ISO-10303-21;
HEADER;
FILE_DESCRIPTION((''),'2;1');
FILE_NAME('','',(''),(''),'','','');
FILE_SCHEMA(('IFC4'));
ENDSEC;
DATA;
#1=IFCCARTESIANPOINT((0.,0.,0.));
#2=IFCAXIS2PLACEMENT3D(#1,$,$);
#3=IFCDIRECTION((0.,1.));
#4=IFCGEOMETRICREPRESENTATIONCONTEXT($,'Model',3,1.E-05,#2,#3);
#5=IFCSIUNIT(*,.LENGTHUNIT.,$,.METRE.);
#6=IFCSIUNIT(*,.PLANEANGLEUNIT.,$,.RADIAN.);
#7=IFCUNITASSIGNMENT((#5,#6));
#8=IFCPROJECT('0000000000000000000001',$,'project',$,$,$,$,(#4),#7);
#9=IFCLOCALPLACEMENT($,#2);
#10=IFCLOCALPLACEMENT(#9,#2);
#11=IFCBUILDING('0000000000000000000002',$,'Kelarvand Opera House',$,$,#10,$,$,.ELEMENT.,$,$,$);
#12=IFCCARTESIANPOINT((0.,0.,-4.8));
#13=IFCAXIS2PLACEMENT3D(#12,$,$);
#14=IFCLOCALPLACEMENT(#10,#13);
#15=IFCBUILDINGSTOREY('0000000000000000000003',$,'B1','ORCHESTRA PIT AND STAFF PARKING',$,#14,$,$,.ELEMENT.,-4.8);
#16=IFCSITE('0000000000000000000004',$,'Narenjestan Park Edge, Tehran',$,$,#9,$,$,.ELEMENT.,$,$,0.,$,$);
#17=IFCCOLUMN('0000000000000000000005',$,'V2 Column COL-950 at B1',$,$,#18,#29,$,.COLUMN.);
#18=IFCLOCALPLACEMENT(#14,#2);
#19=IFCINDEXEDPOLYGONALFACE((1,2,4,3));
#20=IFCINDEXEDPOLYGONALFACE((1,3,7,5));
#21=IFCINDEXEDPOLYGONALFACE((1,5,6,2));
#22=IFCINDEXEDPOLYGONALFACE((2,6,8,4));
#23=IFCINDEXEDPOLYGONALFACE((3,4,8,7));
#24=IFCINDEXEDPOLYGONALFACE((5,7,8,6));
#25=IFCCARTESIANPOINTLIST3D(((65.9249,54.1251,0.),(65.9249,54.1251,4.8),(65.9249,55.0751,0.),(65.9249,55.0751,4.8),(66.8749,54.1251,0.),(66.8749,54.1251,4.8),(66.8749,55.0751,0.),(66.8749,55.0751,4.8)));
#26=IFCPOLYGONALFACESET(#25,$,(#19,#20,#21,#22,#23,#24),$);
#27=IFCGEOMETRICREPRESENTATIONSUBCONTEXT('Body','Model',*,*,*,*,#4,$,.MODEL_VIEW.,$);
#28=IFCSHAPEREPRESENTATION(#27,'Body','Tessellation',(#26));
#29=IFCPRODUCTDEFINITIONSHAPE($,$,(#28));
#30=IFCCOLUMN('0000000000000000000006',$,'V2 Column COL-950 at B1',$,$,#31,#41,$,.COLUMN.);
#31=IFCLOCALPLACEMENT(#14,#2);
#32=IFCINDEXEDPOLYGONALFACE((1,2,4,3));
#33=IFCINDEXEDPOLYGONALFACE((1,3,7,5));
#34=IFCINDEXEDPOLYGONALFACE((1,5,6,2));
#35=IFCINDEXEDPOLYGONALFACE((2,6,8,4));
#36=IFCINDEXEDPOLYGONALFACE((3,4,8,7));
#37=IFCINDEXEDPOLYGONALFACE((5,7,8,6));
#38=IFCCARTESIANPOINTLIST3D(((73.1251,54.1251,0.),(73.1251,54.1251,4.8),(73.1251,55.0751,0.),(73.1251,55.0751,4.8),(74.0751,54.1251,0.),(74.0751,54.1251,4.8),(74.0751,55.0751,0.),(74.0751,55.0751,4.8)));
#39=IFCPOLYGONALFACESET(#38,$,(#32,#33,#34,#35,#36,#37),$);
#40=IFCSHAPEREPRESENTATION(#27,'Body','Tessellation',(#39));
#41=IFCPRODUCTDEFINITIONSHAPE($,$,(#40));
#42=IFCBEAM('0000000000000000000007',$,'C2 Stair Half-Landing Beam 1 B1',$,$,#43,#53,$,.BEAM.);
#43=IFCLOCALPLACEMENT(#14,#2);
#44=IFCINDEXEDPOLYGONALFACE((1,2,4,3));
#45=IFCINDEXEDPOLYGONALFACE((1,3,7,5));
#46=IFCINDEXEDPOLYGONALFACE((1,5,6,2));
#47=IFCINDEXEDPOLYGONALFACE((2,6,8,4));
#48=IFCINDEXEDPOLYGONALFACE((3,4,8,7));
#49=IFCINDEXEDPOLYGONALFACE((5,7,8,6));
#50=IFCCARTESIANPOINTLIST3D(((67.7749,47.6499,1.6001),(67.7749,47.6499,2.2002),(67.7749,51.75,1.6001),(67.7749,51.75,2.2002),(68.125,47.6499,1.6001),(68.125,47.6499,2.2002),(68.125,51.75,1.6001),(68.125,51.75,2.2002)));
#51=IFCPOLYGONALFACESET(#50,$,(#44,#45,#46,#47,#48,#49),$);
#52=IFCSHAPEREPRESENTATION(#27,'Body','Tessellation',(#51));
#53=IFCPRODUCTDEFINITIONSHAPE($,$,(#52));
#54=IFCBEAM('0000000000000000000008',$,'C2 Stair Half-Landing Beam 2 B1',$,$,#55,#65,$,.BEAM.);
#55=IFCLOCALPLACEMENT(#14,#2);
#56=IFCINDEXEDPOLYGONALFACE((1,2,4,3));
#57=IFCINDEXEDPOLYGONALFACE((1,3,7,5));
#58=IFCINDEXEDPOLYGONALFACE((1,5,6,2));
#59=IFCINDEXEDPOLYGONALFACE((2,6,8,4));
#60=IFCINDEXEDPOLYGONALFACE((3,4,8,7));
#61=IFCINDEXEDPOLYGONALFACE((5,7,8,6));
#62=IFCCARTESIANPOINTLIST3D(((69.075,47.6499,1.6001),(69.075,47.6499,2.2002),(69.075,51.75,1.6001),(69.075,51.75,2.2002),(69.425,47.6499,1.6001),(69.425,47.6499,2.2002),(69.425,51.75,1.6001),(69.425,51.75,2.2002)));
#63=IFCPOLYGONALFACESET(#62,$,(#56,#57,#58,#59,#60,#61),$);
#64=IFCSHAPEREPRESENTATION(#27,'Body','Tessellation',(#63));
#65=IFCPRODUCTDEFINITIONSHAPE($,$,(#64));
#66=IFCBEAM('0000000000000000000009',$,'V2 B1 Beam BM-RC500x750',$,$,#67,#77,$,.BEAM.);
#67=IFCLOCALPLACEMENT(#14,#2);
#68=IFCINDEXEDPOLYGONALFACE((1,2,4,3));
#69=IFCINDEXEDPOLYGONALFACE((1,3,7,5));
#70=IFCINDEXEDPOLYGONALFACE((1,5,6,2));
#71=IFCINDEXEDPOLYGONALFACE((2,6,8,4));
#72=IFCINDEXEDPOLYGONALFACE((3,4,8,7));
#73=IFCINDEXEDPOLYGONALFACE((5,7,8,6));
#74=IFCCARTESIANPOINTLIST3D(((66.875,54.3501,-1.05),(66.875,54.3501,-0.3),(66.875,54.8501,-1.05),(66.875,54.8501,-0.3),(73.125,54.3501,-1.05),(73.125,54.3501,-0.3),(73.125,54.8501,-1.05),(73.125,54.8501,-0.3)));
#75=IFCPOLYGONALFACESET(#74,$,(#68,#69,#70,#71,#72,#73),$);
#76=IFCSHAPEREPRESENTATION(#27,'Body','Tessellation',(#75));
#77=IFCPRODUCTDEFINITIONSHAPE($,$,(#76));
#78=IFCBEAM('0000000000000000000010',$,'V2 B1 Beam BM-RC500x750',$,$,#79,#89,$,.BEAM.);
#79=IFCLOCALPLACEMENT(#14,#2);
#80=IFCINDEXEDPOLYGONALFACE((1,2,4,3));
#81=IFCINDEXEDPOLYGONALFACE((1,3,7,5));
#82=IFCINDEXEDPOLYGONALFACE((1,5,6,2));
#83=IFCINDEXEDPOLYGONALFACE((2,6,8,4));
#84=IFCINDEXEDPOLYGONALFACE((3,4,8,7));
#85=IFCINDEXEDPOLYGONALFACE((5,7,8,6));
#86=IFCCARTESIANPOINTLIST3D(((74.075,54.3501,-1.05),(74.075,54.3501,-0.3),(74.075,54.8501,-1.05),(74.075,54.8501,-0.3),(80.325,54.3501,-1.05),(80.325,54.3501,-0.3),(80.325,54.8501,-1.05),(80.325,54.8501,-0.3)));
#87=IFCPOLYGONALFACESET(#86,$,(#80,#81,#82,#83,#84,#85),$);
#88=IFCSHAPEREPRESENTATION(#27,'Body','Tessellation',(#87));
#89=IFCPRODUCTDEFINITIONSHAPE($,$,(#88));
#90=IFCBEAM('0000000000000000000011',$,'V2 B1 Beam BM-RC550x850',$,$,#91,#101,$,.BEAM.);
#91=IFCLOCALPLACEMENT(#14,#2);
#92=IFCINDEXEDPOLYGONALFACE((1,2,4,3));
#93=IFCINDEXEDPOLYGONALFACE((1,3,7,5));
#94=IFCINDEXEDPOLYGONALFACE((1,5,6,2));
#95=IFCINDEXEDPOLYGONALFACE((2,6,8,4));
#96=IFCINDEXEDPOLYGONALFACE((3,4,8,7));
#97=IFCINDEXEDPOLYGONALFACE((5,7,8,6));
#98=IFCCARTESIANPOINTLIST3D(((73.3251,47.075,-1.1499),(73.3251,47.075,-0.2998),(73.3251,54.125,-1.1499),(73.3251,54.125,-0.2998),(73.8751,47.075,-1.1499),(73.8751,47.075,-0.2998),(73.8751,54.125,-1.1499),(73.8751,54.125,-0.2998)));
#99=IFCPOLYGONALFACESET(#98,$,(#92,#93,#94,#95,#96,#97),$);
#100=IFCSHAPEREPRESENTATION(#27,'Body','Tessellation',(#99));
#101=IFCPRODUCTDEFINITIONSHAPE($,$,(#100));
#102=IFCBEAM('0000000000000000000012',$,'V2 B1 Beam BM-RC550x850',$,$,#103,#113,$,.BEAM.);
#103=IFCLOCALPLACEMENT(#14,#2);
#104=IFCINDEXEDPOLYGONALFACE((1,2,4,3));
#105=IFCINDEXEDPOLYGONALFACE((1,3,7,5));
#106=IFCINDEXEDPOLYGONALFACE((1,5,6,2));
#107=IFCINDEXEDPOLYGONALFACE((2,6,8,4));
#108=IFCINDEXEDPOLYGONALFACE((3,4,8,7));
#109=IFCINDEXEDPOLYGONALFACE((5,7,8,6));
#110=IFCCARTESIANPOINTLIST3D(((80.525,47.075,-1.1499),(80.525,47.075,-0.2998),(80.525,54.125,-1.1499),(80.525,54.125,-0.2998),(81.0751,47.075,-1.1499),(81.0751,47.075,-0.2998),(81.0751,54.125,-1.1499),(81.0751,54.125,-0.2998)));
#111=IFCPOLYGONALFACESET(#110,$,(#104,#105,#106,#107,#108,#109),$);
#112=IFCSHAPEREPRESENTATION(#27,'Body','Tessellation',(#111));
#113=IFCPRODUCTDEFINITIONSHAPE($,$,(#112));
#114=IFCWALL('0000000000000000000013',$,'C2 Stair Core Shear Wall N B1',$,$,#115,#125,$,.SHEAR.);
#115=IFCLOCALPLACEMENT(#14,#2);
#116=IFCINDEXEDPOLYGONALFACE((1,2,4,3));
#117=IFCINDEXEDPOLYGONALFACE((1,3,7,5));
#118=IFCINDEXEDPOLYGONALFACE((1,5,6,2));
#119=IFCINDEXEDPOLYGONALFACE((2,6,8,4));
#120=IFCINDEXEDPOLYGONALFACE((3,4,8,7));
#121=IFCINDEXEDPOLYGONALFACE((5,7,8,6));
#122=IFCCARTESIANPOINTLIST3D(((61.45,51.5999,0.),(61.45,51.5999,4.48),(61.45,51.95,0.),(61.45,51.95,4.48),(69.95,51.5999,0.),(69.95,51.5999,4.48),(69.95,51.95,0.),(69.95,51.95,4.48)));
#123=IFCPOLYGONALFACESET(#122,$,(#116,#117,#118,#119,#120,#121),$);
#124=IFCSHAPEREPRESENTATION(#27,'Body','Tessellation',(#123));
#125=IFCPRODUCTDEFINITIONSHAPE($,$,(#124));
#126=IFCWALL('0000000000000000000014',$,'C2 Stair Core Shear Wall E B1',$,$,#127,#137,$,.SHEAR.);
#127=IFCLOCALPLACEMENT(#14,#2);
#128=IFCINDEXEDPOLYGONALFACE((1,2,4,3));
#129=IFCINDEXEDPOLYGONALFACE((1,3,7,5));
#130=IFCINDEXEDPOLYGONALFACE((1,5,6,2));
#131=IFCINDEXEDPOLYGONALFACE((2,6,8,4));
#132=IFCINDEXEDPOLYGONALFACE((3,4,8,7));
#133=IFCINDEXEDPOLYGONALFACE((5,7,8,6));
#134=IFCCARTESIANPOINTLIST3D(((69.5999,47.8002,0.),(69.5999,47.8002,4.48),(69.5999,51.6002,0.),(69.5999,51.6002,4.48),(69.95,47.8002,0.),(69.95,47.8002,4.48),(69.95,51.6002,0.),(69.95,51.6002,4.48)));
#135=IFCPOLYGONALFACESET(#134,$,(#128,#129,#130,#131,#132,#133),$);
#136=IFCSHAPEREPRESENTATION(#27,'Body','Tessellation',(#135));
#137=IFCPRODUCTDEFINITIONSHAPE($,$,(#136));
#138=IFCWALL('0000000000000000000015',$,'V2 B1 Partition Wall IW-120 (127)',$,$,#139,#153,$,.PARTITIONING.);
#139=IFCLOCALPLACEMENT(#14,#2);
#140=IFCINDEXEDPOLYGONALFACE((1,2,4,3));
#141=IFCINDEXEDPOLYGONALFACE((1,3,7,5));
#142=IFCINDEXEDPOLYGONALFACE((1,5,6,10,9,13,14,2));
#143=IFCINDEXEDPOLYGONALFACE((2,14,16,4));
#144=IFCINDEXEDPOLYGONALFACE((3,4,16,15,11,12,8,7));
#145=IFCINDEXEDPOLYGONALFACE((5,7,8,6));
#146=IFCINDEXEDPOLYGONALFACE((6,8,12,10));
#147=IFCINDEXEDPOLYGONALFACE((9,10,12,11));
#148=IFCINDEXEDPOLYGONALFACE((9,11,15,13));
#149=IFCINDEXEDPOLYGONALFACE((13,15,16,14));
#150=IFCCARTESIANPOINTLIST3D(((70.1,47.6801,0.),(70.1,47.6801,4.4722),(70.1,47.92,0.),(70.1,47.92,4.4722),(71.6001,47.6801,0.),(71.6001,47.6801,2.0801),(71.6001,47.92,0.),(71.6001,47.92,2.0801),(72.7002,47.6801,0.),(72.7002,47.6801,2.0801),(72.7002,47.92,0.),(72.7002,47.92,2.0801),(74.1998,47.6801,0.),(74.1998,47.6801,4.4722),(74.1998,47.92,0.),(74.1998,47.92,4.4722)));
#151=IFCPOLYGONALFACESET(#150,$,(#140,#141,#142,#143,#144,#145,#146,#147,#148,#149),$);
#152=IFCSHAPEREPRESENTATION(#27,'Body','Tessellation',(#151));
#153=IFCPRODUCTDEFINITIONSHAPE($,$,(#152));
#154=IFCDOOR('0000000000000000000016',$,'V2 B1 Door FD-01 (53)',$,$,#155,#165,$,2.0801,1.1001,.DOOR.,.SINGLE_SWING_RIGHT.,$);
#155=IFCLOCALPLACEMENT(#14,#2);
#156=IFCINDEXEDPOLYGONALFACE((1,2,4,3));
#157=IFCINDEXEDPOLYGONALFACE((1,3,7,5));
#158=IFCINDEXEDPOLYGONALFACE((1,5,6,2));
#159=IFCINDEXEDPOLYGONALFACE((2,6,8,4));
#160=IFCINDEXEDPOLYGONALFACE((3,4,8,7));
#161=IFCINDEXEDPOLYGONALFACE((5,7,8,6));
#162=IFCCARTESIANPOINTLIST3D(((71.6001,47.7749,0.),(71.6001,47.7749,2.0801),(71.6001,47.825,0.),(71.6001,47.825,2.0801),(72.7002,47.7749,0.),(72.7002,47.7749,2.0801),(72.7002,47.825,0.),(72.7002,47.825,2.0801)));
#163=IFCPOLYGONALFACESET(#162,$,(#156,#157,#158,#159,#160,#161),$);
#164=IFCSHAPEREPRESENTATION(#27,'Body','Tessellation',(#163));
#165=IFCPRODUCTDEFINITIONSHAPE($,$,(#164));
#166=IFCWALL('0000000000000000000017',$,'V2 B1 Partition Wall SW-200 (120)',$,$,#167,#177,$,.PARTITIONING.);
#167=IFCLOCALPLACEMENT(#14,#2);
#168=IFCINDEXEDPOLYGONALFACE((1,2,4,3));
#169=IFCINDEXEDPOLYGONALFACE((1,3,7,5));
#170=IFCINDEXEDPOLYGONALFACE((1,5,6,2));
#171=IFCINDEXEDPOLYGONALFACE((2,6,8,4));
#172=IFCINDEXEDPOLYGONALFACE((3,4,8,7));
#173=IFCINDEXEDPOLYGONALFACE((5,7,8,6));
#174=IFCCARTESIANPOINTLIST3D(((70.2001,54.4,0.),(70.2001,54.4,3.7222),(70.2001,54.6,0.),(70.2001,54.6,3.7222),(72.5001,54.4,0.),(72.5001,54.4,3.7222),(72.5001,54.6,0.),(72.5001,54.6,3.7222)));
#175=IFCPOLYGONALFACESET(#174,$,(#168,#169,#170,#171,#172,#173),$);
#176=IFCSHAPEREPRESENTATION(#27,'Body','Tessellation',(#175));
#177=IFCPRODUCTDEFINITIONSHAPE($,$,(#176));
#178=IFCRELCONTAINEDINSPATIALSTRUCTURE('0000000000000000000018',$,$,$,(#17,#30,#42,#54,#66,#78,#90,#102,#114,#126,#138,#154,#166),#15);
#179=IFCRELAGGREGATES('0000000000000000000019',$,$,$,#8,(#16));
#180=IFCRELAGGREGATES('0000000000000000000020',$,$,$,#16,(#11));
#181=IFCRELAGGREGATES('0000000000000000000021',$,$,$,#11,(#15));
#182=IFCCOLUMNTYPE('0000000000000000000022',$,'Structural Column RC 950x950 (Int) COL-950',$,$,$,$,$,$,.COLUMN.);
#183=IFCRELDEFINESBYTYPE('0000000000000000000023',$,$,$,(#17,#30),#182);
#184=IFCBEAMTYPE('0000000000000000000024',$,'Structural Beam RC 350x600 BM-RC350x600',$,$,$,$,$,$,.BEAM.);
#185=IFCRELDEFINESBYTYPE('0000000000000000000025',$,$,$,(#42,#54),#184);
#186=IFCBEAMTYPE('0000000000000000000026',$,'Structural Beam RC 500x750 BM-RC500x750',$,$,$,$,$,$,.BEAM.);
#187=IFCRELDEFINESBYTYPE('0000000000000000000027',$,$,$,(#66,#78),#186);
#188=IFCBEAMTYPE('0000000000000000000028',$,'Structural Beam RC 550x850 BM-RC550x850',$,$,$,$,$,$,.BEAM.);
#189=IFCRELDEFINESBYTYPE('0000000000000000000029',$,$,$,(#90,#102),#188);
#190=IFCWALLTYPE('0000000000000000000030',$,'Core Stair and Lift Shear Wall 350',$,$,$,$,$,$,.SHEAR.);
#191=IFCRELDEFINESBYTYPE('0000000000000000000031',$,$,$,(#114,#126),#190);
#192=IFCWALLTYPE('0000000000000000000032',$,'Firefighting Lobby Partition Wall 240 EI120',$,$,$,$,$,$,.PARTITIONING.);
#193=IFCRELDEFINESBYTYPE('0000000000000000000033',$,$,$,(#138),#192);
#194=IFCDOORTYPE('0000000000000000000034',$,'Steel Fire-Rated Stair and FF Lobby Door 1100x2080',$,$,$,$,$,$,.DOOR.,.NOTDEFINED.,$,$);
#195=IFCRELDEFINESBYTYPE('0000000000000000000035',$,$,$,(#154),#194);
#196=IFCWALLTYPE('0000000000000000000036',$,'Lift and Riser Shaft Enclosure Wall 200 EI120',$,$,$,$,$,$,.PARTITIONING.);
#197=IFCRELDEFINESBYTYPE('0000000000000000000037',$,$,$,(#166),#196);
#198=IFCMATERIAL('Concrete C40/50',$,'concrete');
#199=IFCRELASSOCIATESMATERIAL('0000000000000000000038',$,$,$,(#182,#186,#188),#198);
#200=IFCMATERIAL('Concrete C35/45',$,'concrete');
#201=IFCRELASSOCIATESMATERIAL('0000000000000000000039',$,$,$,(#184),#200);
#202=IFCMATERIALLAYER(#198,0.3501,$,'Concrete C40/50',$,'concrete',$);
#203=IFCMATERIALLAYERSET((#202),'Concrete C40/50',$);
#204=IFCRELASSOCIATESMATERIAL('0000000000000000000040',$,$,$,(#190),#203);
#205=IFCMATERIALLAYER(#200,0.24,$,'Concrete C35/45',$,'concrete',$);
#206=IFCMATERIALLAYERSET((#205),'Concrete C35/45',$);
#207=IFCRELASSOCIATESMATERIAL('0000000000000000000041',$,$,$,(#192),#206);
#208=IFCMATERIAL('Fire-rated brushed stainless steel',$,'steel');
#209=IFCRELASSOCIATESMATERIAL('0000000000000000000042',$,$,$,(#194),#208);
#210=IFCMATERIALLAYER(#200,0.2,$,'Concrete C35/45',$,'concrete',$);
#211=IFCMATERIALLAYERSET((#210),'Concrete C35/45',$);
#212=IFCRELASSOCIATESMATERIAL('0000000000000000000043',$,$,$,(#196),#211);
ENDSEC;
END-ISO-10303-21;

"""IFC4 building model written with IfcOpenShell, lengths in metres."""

from ifc_helpers import new_model, si_unit, direction, frame, frame_2d, origin, origin_2d, place, context, subcontext, project, spatial, rectangle, extrude, material, layer, layer_set, material_profile, profile_set, type_object, element, fill, save


model = new_model("IFC4")

# Units and contexts
model_context = context("Model", 3, precision=1e-05, world=origin(), true_north=direction((0.0, 1.0)))
body_context = subcontext(model_context, "Body", "Model", "MODEL_VIEW")
ifc_project = project(units=[si_unit("LENGTHUNIT", "METRE"), si_unit("PLANEANGLEUNIT", "RADIAN")], contexts=[model_context])

# Site, building, storey
site_placement = place(None, origin())
site = spatial("IfcSite", under=ifc_project, at=site_placement, Name="Narenjestan Park Edge, Tehran", CompositionType="ELEMENT", RefElevation=0.0)
building_placement = place(site_placement, origin())
building = spatial("IfcBuilding", under=site, at=building_placement, Name="Kelarvand Opera House", CompositionType="ELEMENT")
storey_placement = place(building_placement, frame((0.0, 0.0, -4.8)))
storey = spatial("IfcBuildingStorey", under=building, at=storey_placement, Name="B1", Description="ORCHESTRA PIT AND STAFF PARKING", CompositionType="ELEMENT", Elevation=-4.8)

# Columns
ifc_material_1 = material(Name="Concrete C40/50", Category="concrete")
ifc_material_profile_1 = material_profile(ifc_material_1, rectangle(XDim=0.95, YDim=0.95, at=origin_2d()), Name="RC 950x950", Category="concrete")
ifc_profile_set_1 = profile_set([ifc_material_profile_1], Name="Concrete C40/50")
column_type = type_object("IfcColumnType", Name="Structural Column RC 950x950 (Int) COL-950", PredefinedType="COLUMN", material=ifc_profile_set_1)
for number, where, z_axis, x_axis, name in (
    (1, (66.3999, 54.6001, 0.0), (0.0, 0.0, 1.0), (1.0, 0.0, 0.0), "V2 Column COL-950 at B1"),
    (2, (73.6001, 54.6001, 0.0), (0.0, 0.0, 1.0), (1.0, 0.0, 0.0), "V2 Column COL-950 at B1"),
):
    element("IfcColumn", number, at=place(storey_placement, frame(where, z_axis=z_axis, x_axis=x_axis)), inside=storey, type_object=column_type, Name=name, PredefinedType="COLUMN", context=body_context, shape_type="SweptSolid", body=[
        extrude(rectangle(XDim=0.95, YDim=0.95, at=origin_2d()), origin(), (0.0, 0.0, 1.0), 4.8),
    ])

# Beams
ifc_material_2 = material(Name="Concrete C35/45", Category="concrete")
ifc_material_profile_2 = material_profile(ifc_material_2, rectangle(XDim=0.3501, YDim=0.6001, at=origin_2d()), Name="RC 350x600", Category="concrete")
ifc_profile_set_2 = profile_set([ifc_material_profile_2], Name="Concrete C35/45")
beam_type_1 = type_object("IfcBeamType", Name="Structural Beam RC 350x600 BM-RC350x600", PredefinedType="BEAM", material=ifc_profile_set_2)
for number, where, z_axis, x_axis, name in (
    (3, (67.95, 47.6499, 1.9001), (0.0, 1.0, 0.0), (-1.0, 0.0, 0.0), "C2 Stair Half-Landing Beam 1 B1"),
    (4, (69.25, 47.6499, 1.9001), (0.0, 1.0, 0.0), (-1.0, 0.0, 0.0), "C2 Stair Half-Landing Beam 2 B1"),
):
    element("IfcBeam", number, at=place(storey_placement, frame(where, z_axis=z_axis, x_axis=x_axis)), inside=storey, type_object=beam_type_1, Name=name, PredefinedType="BEAM", context=body_context, shape_type="SweptSolid", body=[
        extrude(rectangle(XDim=0.3501, YDim=0.6001, at=origin_2d()), origin(), (0.0, 0.0, 1.0), 4.1001),
    ])
ifc_material_profile_3 = material_profile(ifc_material_1, rectangle(XDim=0.5, YDim=0.75, at=origin_2d()), Name="RC 500x750", Category="concrete")
ifc_profile_set_3 = profile_set([ifc_material_profile_3], Name="Concrete C40/50")
beam_type_2 = type_object("IfcBeamType", Name="Structural Beam RC 500x750 BM-RC500x750", PredefinedType="BEAM", material=ifc_profile_set_3)
for number, where, z_axis, x_axis, name in (
    (5, (66.875, 54.6001, -0.675), (1.0, 0.0, 0.0), (0.0, 1.0, 0.0), "V2 B1 Beam BM-RC500x750"),
    (6, (74.075, 54.6001, -0.675), (1.0, 0.0, 0.0), (0.0, 1.0, 0.0), "V2 B1 Beam BM-RC500x750"),
):
    element("IfcBeam", number, at=place(storey_placement, frame(where, z_axis=z_axis, x_axis=x_axis)), inside=storey, type_object=beam_type_2, Name=name, PredefinedType="BEAM", context=body_context, shape_type="SweptSolid", body=[
        extrude(rectangle(XDim=0.5, YDim=0.75, at=origin_2d()), origin(), (0.0, 0.0, 1.0), 6.25),
    ])
ifc_material_profile_4 = material_profile(ifc_material_1, rectangle(XDim=0.55, YDim=0.8501, at=origin_2d()), Name="RC 550x850", Category="concrete")
ifc_profile_set_4 = profile_set([ifc_material_profile_4], Name="Concrete C40/50")
beam_type_3 = type_object("IfcBeamType", Name="Structural Beam RC 550x850 BM-RC550x850", PredefinedType="BEAM", material=ifc_profile_set_4)
for number, where, z_axis, x_axis, name in (
    (7, (73.6001, 47.075, -0.7249), (0.0, 1.0, 0.0), (-1.0, 0.0, 0.0), "V2 B1 Beam BM-RC550x850"),
    (8, (80.8, 47.075, -0.7249), (0.0, 1.0, 0.0), (-1.0, 0.0, 0.0), "V2 B1 Beam BM-RC550x850"),
):
    element("IfcBeam", number, at=place(storey_placement, frame(where, z_axis=z_axis, x_axis=x_axis)), inside=storey, type_object=beam_type_3, Name=name, PredefinedType="BEAM", context=body_context, shape_type="SweptSolid", body=[
        extrude(rectangle(XDim=0.55, YDim=0.8501, at=origin_2d()), origin(), (0.0, 0.0, 1.0), 7.05),
    ])

# Walls
ifc_layer_1 = layer(ifc_material_1, 0.3501, Name="Concrete C40/50", Category="concrete")
ifc_layer_set_1 = layer_set([ifc_layer_1], Name="Concrete C40/50")
wall_type_1 = type_object("IfcWallType", Name="Core Stair and Lift Shear Wall 350", PredefinedType="SHEAR", material=ifc_layer_set_1)
wall_1_placement = place(storey_placement, frame((69.95, 51.7749, 0.0), z_axis=(0.0, 0.0, 1.0), x_axis=(-1.0, 0.0, 0.0)))
element("IfcWall", 9, at=wall_1_placement, inside=storey, type_object=wall_type_1, Name="C2 Stair Core Shear Wall N B1", PredefinedType="SHEAR", context=body_context, shape_type="SweptSolid", body=[
    extrude(rectangle(XDim=8.5, YDim=0.3501, at=frame_2d((4.25, 0.0))), origin(), (0.0, 0.0, 1.0), 4.48),
])
wall_2_placement = place(storey_placement, frame((69.7749, 51.6001, 0.0), z_axis=(0.0, 0.0, 1.0), x_axis=(0.0, -1.0, 0.0)))
element("IfcWall", 10, at=wall_2_placement, inside=storey, type_object=wall_type_1, Name="C2 Stair Core Shear Wall E B1", PredefinedType="SHEAR", context=body_context, shape_type="SweptSolid", body=[
    extrude(rectangle(XDim=3.8, YDim=0.3501, at=frame_2d((1.8999, 0.0))), origin(), (0.0, 0.0, 1.0), 4.48),
])

# Wall, opening, door
ifc_layer_2 = layer(ifc_material_2, 0.24, Name="Concrete C35/45", Category="concrete")
ifc_layer_set_2 = layer_set([ifc_layer_2], Name="Concrete C35/45")
wall_type_2 = type_object("IfcWallType", Name="Firefighting Lobby Partition Wall 240 EI120", PredefinedType="PARTITIONING", material=ifc_layer_set_2)
wall_3_placement = place(storey_placement, frame((70.1001, 47.8, 0.0), z_axis=(0.0, 0.0, 1.0), x_axis=(1.0, 0.0, 0.0)))
wall_3 = element("IfcWall", 11, at=wall_3_placement, inside=storey, type_object=wall_type_2, Name="V2 B1 Partition Wall IW-120 (127)", PredefinedType="PARTITIONING", context=body_context, shape_type="SweptSolid", body=[
    extrude(rectangle(XDim=4.0999, YDim=0.24, at=frame_2d((2.0498, 0.0))), origin(), (0.0, 0.0, 1.0), 4.4722),
])
opening_1_placement = place(wall_3_placement, frame((1.5, 0.0, 0.0)))
opening_1 = element("IfcOpeningElement", 12, at=opening_1_placement, cuts=wall_3, PredefinedType="OPENING", context=body_context, shape_type="SweptSolid", body=[
    extrude(rectangle(XDim=1.1001, YDim=2.0801, at=frame_2d((0.55, 1.04))), frame((0.0, 0.1299, 0.0), z_axis=(0.0, -1.0, 0.0), x_axis=(1.0, 0.0, 0.0)), (0.0, 0.0, 1.0), 0.26),
])
ifc_material_3 = material(Name="Fire-rated brushed stainless steel", Category="steel")
door_type_1 = type_object("IfcDoorType", Name="Steel Fire-Rated Stair and FF Lobby Door 1100x2080", OperationType="NOTDEFINED", PredefinedType="DOOR", material=ifc_material_3)
door_1_placement = place(opening_1_placement, origin())
door_1 = element("IfcDoor", 13, at=door_1_placement, inside=storey, type_object=door_type_1, Name="V2 B1 Door FD-01 (53)", OperationType="SINGLE_SWING_RIGHT", OverallHeight=2.0801, OverallWidth=1.1001, PredefinedType="DOOR", context=body_context, shape_type="SweptSolid", body=[
    extrude(rectangle(XDim=1.1001, YDim=2.0801, at=frame_2d((0.55, 1.04))), frame((0.0, 0.0249, 0.0), z_axis=(0.0, -1.0, 0.0), x_axis=(1.0, 0.0, 0.0)), (0.0, 0.0, 1.0), 0.05),
])
fill(opening_1, door_1)
ifc_layer_3 = layer(ifc_material_2, 0.2, Name="Concrete C35/45", Category="concrete")
ifc_layer_set_3 = layer_set([ifc_layer_3], Name="Concrete C35/45")
wall_type_3 = type_object("IfcWallType", Name="Lift and Riser Shaft Enclosure Wall 200 EI120", PredefinedType="PARTITIONING", material=ifc_layer_set_3)

# Wall
wall_4_placement = place(storey_placement, frame((72.5, 54.5, 0.0), z_axis=(0.0, 0.0, 1.0), x_axis=(-1.0, 0.0, 0.0)))
element("IfcWall", 14, at=wall_4_placement, inside=storey, type_object=wall_type_3, Name="V2 B1 Partition Wall SW-200 (120)", PredefinedType="PARTITIONING", context=body_context, shape_type="SweptSolid", body=[
    extrude(rectangle(XDim=2.3, YDim=0.2, at=frame_2d((1.1499, 0.0))), origin(), (0.0, 0.0, 1.0), 3.7222),
])

save(model, "model.ifc")
